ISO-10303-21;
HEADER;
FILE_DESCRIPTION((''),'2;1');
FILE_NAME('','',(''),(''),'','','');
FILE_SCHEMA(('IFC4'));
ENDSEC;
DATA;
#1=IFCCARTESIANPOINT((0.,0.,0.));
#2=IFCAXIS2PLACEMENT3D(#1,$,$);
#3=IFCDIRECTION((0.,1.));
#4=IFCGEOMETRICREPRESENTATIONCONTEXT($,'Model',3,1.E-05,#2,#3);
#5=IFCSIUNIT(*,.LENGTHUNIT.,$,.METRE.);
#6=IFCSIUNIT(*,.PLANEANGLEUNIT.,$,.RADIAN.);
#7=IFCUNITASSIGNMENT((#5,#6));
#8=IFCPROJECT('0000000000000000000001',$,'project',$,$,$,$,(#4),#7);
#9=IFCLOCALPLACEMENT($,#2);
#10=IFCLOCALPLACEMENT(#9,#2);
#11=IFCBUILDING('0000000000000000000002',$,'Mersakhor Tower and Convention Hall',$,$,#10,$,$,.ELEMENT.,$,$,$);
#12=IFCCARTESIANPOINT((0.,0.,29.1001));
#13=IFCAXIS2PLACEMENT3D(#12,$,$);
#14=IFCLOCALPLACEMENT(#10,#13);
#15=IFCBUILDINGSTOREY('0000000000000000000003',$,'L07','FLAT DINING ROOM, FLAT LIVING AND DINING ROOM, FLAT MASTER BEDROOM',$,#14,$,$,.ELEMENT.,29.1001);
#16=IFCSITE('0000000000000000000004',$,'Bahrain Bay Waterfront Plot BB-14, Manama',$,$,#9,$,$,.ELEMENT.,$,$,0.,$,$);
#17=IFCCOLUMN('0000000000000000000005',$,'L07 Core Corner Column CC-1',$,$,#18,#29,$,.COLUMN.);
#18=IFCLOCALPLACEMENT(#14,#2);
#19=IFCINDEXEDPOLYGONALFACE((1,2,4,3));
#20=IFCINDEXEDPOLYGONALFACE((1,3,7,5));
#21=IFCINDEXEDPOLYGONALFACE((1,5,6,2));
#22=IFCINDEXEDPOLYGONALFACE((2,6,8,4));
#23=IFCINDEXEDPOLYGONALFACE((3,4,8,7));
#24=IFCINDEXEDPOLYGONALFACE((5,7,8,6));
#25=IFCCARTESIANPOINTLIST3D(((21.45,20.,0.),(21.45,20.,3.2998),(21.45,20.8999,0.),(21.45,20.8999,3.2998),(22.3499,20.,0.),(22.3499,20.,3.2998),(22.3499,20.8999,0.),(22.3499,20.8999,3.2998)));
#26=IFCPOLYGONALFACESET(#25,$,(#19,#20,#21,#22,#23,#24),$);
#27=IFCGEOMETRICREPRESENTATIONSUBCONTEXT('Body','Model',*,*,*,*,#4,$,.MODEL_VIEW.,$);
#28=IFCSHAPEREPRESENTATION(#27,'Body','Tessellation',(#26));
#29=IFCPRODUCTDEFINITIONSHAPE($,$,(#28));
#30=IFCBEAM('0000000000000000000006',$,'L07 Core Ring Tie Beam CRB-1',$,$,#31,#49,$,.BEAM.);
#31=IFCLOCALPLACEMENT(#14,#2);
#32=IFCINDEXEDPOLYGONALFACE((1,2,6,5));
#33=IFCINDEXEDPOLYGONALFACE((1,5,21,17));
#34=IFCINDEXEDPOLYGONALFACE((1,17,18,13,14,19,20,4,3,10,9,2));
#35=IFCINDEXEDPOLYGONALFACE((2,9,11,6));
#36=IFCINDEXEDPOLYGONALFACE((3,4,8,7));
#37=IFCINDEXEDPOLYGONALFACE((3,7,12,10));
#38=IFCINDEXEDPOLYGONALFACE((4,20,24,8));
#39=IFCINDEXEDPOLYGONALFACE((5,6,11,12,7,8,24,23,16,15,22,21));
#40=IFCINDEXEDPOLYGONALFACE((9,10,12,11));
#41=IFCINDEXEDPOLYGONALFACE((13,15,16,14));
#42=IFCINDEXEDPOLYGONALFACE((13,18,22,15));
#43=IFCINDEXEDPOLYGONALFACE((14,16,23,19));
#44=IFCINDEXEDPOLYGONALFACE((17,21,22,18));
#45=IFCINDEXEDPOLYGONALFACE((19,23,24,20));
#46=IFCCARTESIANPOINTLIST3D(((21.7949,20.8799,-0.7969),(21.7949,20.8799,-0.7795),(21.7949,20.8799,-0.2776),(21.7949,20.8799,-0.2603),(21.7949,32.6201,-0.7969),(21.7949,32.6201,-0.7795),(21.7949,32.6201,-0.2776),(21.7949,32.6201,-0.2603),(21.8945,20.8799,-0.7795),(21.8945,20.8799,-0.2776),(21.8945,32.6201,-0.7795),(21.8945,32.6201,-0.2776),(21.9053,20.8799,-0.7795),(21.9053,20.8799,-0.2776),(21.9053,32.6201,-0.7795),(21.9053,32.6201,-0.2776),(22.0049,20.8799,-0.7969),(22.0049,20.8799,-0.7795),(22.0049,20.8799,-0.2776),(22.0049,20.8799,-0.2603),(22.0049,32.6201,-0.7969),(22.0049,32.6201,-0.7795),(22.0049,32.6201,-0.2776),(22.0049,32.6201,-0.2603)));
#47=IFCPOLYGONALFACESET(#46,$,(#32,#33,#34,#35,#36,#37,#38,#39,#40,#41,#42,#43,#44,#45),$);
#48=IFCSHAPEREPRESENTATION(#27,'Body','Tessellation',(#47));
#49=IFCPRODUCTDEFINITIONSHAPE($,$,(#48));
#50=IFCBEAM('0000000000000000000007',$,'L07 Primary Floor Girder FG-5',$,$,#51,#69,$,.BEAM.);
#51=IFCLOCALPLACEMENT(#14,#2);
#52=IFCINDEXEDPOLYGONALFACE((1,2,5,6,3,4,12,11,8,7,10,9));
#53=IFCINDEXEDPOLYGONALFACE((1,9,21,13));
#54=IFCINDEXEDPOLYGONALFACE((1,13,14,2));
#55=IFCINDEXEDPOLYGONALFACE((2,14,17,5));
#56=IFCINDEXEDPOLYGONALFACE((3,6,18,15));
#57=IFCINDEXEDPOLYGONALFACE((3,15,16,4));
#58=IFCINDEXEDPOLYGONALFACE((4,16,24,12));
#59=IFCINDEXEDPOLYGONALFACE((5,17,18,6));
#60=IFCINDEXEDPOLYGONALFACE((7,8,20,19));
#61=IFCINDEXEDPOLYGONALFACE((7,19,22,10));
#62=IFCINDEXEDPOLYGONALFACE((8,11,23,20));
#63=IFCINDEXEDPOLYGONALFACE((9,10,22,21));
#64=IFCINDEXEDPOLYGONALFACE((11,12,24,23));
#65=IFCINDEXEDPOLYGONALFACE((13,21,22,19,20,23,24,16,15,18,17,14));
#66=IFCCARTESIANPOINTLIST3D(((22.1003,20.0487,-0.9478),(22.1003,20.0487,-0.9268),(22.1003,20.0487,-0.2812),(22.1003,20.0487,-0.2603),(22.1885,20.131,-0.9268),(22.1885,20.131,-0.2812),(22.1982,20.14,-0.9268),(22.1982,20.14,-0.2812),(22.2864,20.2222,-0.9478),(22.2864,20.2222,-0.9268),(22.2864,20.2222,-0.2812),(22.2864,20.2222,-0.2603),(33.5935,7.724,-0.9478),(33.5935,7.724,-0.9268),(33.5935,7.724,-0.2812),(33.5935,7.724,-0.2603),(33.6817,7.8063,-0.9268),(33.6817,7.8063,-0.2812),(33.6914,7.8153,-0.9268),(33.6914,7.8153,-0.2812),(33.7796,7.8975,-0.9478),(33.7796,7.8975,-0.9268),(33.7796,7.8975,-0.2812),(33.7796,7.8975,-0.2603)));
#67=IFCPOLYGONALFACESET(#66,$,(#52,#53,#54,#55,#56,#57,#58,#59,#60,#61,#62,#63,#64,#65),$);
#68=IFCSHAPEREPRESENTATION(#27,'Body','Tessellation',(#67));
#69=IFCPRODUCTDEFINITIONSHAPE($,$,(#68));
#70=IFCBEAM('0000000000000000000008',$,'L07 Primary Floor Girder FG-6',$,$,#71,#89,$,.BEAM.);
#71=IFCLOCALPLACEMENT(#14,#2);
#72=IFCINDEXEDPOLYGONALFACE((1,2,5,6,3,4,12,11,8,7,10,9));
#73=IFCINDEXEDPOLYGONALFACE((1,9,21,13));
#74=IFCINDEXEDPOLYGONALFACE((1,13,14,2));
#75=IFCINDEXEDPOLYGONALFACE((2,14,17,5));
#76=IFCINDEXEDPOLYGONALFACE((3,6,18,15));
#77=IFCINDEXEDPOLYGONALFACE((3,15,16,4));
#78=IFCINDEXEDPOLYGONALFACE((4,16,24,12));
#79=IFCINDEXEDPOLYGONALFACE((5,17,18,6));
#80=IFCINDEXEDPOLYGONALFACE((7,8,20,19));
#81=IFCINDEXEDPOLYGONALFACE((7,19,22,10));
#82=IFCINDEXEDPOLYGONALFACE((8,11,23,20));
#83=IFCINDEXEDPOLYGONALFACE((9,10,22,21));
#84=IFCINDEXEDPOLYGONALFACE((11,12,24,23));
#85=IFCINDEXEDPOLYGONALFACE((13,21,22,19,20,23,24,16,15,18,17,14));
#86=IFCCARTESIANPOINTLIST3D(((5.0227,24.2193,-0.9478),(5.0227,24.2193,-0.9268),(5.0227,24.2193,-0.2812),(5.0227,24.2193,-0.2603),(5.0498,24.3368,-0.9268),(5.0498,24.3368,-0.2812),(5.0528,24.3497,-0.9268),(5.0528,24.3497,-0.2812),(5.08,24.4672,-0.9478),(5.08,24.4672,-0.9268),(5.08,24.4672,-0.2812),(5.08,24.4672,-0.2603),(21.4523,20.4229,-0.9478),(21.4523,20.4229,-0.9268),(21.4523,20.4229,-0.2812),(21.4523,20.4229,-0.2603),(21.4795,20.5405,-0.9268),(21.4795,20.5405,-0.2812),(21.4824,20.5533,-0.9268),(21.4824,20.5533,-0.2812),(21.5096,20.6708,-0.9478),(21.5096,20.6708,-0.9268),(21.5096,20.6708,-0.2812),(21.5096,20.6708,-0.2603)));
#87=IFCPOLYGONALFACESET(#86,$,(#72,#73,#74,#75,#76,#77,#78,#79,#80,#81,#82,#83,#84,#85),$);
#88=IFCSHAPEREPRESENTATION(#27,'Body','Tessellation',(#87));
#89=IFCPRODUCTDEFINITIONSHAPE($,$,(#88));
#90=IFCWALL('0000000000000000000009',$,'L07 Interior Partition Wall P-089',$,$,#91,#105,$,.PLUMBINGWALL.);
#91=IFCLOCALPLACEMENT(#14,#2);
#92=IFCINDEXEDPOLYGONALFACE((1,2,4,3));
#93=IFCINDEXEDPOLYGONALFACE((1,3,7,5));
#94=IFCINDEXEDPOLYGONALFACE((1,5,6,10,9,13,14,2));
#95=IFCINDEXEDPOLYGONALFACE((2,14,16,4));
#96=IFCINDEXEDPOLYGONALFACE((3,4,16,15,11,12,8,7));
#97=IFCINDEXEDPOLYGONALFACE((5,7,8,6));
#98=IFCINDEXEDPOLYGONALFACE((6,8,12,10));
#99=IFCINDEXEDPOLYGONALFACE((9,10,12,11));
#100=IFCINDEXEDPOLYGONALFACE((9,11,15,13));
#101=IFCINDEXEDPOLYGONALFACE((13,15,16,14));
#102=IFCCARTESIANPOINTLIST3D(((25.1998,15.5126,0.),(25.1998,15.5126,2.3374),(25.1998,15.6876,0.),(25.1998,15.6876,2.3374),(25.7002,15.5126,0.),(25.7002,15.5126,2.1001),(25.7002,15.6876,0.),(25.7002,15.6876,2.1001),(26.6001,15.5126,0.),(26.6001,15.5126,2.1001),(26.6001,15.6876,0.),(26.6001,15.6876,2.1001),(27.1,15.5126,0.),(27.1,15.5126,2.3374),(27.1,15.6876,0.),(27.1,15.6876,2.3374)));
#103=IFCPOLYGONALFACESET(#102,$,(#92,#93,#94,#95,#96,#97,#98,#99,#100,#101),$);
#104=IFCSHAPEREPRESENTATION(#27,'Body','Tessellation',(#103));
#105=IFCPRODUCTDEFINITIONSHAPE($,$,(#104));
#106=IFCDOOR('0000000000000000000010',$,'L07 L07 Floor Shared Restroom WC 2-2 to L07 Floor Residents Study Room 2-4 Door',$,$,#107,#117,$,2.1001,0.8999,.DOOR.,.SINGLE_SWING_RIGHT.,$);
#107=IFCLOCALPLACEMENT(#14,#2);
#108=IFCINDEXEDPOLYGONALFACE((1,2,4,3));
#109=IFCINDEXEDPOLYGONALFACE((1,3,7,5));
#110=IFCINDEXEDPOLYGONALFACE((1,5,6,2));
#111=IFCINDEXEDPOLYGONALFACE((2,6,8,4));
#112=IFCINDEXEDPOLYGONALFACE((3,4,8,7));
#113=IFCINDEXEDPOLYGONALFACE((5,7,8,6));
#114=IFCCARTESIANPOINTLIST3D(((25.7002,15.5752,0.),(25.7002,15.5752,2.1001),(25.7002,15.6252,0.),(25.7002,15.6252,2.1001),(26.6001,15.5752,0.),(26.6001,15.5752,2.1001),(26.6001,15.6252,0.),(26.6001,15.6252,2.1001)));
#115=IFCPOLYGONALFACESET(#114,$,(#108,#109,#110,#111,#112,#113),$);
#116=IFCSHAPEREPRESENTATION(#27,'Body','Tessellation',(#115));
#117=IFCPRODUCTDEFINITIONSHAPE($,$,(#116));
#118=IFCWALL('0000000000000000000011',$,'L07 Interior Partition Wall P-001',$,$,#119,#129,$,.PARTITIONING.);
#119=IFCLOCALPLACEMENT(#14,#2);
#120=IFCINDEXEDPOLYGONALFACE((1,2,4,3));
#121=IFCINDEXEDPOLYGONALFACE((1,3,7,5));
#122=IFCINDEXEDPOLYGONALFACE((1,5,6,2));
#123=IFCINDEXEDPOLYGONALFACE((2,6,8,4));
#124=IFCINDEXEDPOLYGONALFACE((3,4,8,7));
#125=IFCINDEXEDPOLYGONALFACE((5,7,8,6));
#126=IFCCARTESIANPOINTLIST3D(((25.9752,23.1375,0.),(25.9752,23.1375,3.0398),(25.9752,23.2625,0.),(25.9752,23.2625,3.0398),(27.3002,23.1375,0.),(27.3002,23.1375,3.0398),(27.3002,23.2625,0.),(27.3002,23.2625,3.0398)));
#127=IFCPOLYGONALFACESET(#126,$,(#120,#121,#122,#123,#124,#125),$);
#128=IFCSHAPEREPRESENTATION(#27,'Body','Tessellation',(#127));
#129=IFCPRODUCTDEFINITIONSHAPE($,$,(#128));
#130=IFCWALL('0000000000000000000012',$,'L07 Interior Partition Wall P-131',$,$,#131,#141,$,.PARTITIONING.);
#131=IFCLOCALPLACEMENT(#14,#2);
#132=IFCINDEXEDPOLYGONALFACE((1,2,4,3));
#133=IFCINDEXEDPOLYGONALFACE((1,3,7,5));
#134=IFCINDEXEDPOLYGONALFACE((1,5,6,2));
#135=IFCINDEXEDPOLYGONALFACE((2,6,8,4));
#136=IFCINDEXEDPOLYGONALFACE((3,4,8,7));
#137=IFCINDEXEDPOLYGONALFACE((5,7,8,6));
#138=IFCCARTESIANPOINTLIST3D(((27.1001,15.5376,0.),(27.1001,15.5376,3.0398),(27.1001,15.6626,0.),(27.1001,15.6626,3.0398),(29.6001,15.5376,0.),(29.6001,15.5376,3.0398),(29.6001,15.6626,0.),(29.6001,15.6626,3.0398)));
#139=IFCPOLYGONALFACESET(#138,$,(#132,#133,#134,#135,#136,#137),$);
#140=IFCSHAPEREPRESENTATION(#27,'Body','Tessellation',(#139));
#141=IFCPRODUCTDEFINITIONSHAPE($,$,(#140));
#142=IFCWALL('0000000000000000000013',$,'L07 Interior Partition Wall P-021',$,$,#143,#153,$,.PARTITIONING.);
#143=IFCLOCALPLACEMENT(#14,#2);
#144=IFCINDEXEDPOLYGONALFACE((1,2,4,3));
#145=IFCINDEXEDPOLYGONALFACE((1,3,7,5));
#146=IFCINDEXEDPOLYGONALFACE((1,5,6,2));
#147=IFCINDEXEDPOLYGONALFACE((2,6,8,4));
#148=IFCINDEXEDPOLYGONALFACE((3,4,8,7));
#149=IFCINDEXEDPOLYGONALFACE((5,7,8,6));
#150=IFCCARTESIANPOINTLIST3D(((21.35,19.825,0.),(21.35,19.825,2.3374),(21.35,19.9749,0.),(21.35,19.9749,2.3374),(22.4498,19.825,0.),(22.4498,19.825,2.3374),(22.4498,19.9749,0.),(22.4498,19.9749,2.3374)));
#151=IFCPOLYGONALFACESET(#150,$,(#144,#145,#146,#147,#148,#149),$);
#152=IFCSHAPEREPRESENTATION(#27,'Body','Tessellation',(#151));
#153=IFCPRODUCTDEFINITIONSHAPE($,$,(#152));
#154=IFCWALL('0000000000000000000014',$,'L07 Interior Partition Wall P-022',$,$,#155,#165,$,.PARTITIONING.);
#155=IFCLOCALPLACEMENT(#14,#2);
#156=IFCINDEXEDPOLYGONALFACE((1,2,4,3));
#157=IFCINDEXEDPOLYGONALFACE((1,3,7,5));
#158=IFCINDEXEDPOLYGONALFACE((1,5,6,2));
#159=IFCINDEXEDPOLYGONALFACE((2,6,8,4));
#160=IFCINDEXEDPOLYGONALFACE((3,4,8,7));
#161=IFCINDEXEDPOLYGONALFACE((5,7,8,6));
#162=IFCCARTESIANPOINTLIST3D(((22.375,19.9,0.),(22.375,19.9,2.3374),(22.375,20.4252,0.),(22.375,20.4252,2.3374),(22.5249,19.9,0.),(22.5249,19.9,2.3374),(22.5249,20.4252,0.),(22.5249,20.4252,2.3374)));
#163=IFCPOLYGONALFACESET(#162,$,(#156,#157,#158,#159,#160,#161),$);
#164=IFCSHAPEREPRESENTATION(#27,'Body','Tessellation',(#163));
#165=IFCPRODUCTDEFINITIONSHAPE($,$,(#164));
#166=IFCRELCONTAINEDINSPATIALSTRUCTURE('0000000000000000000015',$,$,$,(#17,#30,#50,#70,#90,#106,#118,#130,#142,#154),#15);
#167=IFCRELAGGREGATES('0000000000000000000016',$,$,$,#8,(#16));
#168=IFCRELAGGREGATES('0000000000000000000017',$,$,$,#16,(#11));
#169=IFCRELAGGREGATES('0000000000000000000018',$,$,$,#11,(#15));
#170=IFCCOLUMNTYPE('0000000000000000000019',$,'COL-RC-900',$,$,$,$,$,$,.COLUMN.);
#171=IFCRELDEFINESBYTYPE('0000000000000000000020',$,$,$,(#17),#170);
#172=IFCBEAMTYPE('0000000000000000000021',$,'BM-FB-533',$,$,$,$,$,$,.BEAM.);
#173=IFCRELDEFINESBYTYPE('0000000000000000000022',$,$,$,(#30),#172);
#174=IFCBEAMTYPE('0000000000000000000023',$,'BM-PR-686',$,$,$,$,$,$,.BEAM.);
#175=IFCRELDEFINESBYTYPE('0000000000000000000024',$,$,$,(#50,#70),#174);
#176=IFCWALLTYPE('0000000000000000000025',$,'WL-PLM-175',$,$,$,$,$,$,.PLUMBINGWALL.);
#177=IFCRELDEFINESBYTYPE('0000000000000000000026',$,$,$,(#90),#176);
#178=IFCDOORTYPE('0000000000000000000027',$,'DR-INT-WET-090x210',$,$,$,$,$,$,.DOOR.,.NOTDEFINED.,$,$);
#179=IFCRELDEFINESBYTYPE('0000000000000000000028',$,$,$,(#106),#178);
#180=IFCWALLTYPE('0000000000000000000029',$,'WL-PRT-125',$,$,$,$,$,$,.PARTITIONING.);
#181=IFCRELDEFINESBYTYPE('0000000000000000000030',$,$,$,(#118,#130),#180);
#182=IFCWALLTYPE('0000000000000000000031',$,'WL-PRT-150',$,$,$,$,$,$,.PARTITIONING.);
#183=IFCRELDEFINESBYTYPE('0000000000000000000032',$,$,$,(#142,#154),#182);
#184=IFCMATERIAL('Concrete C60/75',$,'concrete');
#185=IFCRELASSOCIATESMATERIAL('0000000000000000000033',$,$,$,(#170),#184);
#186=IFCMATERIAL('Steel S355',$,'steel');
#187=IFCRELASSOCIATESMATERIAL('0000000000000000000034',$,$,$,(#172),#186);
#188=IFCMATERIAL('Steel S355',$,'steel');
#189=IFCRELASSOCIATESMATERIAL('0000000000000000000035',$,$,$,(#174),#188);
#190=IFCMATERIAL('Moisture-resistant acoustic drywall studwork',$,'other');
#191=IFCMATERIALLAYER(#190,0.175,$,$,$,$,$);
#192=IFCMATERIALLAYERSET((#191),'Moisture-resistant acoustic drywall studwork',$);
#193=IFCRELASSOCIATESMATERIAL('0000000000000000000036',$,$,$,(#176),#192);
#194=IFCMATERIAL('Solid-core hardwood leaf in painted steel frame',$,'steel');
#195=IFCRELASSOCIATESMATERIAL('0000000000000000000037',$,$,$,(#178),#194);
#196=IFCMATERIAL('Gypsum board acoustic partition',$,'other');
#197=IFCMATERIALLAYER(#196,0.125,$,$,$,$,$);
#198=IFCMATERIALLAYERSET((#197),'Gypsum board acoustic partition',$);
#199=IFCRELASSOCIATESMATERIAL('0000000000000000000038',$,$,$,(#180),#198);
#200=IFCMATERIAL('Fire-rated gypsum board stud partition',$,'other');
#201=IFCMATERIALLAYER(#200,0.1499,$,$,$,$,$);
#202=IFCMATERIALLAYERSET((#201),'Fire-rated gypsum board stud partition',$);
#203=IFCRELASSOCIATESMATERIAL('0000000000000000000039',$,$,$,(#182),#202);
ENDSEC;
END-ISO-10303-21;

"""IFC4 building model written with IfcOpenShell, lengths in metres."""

from ifc_helpers import new_model, si_unit, direction, frame, frame_2d, origin, origin_2d, place, context, subcontext, project, spatial, rectangle, i_section, extrude, material, layer, layer_set, material_profile, profile_set, type_object, element, fill, save


model = new_model("IFC4")

# Units and contexts
model_context = context("Model", 3, precision=1e-05, world=origin(), true_north=direction((0.0, 1.0)))
body_context = subcontext(model_context, "Body", "Model", "MODEL_VIEW")
ifc_project = project(units=[si_unit("LENGTHUNIT", "METRE"), si_unit("PLANEANGLEUNIT", "RADIAN")], contexts=[model_context])

# Site, building, storey
site_placement = place(None, origin())
site = spatial("IfcSite", under=ifc_project, at=site_placement, Name="Bahrain Bay Waterfront Plot BB-14, Manama", CompositionType="ELEMENT", RefElevation=0.0)
building_placement = place(site_placement, origin())
building = spatial("IfcBuilding", under=site, at=building_placement, Name="Mersakhor Tower and Convention Hall", CompositionType="ELEMENT")
storey_placement = place(building_placement, frame((0.0, 0.0, 29.1001)))
storey = spatial("IfcBuildingStorey", under=building, at=storey_placement, Name="L07", Description="FLAT DINING ROOM, FLAT LIVING AND DINING ROOM, FLAT MASTER BEDROOM", CompositionType="ELEMENT", Elevation=29.1001)

# Column
ifc_material_1 = material(Name="Concrete C60/75", Category="concrete")
ifc_material_profile_1 = material_profile(ifc_material_1, rectangle(XDim=0.8999, YDim=0.8999, at=origin_2d()), Name="RC 900x900")
ifc_profile_set_1 = profile_set([ifc_material_profile_1], Name="Concrete C60/75")
column_type = type_object("IfcColumnType", Name="COL-RC-900", PredefinedType="COLUMN", material=ifc_profile_set_1)
column_placement = place(storey_placement, frame((21.8999, 20.45, 0.0), z_axis=(0.0, 0.0, 1.0), x_axis=(1.0, 0.0, 0.0)))
element("IfcColumn", 1, at=column_placement, inside=storey, type_object=column_type, Name="L07 Core Corner Column CC-1", PredefinedType="COLUMN", context=body_context, shape_type="SweptSolid", body=[
    extrude(rectangle(XDim=0.8999, YDim=0.8999, at=origin_2d()), origin(), (0.0, 0.0, 1.0), 3.2998),
])

# Beams
ifc_material_2 = material(Name="Steel S355", Category="steel")
ifc_material_profile_2 = material_profile(ifc_material_2, i_section(OverallWidth=0.21, OverallDepth=0.5366, WebThickness=0.0107, FlangeThickness=0.0173, at=origin_2d()), Name="UB 533x210x101")
ifc_profile_set_2 = profile_set([ifc_material_profile_2], Name="Steel S355")
beam_type_1 = type_object("IfcBeamType", Name="BM-FB-533", PredefinedType="BEAM", material=ifc_profile_set_2)
beam_1_placement = place(storey_placement, frame((21.8999, 20.8799, -0.5286), z_axis=(0.0, 1.0, 0.0), x_axis=(-1.0, 0.0, 0.0)))
element("IfcBeam", 2, at=beam_1_placement, inside=storey, type_object=beam_type_1, Name="L07 Core Ring Tie Beam CRB-1", PredefinedType="BEAM", context=body_context, shape_type="SweptSolid", body=[
    extrude(i_section(OverallWidth=0.21, OverallDepth=0.5366, WebThickness=0.0107, FlangeThickness=0.0173, at=origin_2d()), origin(), (0.0, 0.0, 1.0), 11.7402),
])
ifc_material_3 = material(Name="Steel S355", Category="steel")
ifc_material_profile_3 = material_profile(ifc_material_3, i_section(OverallWidth=0.2544, OverallDepth=0.6875, WebThickness=0.0132, FlangeThickness=0.021, at=origin_2d()), Name="UB 686x254x152")
ifc_profile_set_3 = profile_set([ifc_material_profile_3], Name="Steel S355")
beam_type_2 = type_object("IfcBeamType", Name="BM-PR-686", PredefinedType="BEAM", material=ifc_profile_set_3)
beam_2_placement = place(storey_placement, frame((22.1934, 20.1355, -0.604), z_axis=(0.682004, -0.731348, 0.0), x_axis=(0.731348, 0.682004, 0.0)))
element("IfcBeam", 3, at=beam_2_placement, inside=storey, type_object=beam_type_2, Name="L07 Primary Floor Girder FG-5", PredefinedType="BEAM", context=body_context, shape_type="SweptSolid", body=[
    extrude(i_section(OverallWidth=0.2544, OverallDepth=0.6875, WebThickness=0.0132, FlangeThickness=0.021, at=origin_2d()), origin(), (0.0, 0.0, 1.0), 16.8521),
])
beam_3_placement = place(storey_placement, frame((21.481, 20.5469, -0.604), z_axis=(-0.974327, 0.225137, 0.0), x_axis=(-0.225137, -0.974327, 0.0)))
element("IfcBeam", 4, at=beam_3_placement, inside=storey, type_object=beam_type_2, Name="L07 Primary Floor Girder FG-6", PredefinedType="BEAM", context=body_context, shape_type="SweptSolid", body=[
    extrude(i_section(OverallWidth=0.2544, OverallDepth=0.6875, WebThickness=0.0132, FlangeThickness=0.021, at=origin_2d()), origin(), (0.0, 0.0, 1.0), 16.8625),
])

# Wall, opening, door
ifc_material_4 = material(Name="Moisture-resistant acoustic drywall studwork", Category="other")
ifc_layer_1 = layer(ifc_material_4, 0.175)
ifc_layer_set_1 = layer_set([ifc_layer_1], Name="Moisture-resistant acoustic drywall studwork")
wall_type_1 = type_object("IfcWallType", Name="WL-PLM-175", PredefinedType="PLUMBINGWALL", material=ifc_layer_set_1)
wall_1_placement = place(storey_placement, frame((27.1001, 15.6001, 0.0), z_axis=(0.0, 0.0, 1.0), x_axis=(-1.0, 0.0, 0.0)))
wall_1 = element("IfcWall", 5, at=wall_1_placement, inside=storey, type_object=wall_type_1, Name="L07 Interior Partition Wall P-089", PredefinedType="PLUMBINGWALL", context=body_context, shape_type="SweptSolid", body=[
    extrude(rectangle(XDim=1.9001, YDim=0.175, at=frame_2d((0.9502, 0.0))), origin(), (0.0, 0.0, 1.0), 2.3374),
])
opening_1_placement = place(wall_1_placement, frame((0.5, 0.0, 0.0)))
opening_1 = element("IfcOpeningElement", 6, at=opening_1_placement, cuts=wall_1, PredefinedType="OPENING", context=body_context, shape_type="SweptSolid", body=[
    extrude(rectangle(XDim=0.8999, YDim=2.1001, at=frame_2d((0.45, 1.05))), frame((0.0, 0.0974, 0.0), z_axis=(0.0, -1.0, 0.0), x_axis=(1.0, 0.0, 0.0)), (0.0, 0.0, 1.0), 0.1951),
])
ifc_material_5 = material(Name="Solid-core hardwood leaf in painted steel frame", Category="steel")
door_type_1 = type_object("IfcDoorType", Name="DR-INT-WET-090x210", OperationType="NOTDEFINED", PredefinedType="DOOR", material=ifc_material_5)
door_1_placement = place(opening_1_placement, origin())
door_1 = element("IfcDoor", 7, at=door_1_placement, inside=storey, type_object=door_type_1, Name="L07 L07 Floor Shared Restroom WC 2-2 to L07 Floor Residents Study Room 2-4 Door", OperationType="SINGLE_SWING_RIGHT", OverallHeight=2.1001, OverallWidth=0.8999, PredefinedType="DOOR", context=body_context, shape_type="SweptSolid", body=[
    extrude(rectangle(XDim=0.8999, YDim=2.1001, at=frame_2d((0.45, 1.05))), frame((0.0, 0.0249, 0.0), z_axis=(0.0, -1.0, 0.0), x_axis=(1.0, 0.0, 0.0)), (0.0, 0.0, 1.0), 0.05),
])
fill(opening_1, door_1)

# Walls
ifc_material_6 = material(Name="Gypsum board acoustic partition", Category="other")
ifc_layer_2 = layer(ifc_material_6, 0.125)
ifc_layer_set_2 = layer_set([ifc_layer_2], Name="Gypsum board acoustic partition")
wall_type_2 = type_object("IfcWallType", Name="WL-PRT-125", PredefinedType="PARTITIONING", material=ifc_layer_set_2)
wall_2_placement = place(storey_placement, frame((25.9751, 23.2, 0.0), z_axis=(0.0, 0.0, 1.0), x_axis=(1.0, 0.0, 0.0)))
element("IfcWall", 8, at=wall_2_placement, inside=storey, type_object=wall_type_2, Name="L07 Interior Partition Wall P-001", PredefinedType="PARTITIONING", context=body_context, shape_type="SweptSolid", body=[
    extrude(rectangle(XDim=1.325, YDim=0.125, at=frame_2d((0.6626, 0.0))), origin(), (0.0, 0.0, 1.0), 3.0398),
])
wall_3_placement = place(storey_placement, frame((27.1001, 15.6001, 0.0), z_axis=(0.0, 0.0, 1.0), x_axis=(1.0, 0.0, 0.0)))
element("IfcWall", 9, at=wall_3_placement, inside=storey, type_object=wall_type_2, Name="L07 Interior Partition Wall P-131", PredefinedType="PARTITIONING", context=body_context, shape_type="SweptSolid", body=[
    extrude(rectangle(XDim=2.5, YDim=0.125, at=frame_2d((1.25, 0.0))), origin(), (0.0, 0.0, 1.0), 3.0398),
])
ifc_material_7 = material(Name="Fire-rated gypsum board stud partition", Category="other")
ifc_layer_3 = layer(ifc_material_7, 0.1499)
ifc_layer_set_3 = layer_set([ifc_layer_3], Name="Fire-rated gypsum board stud partition")
wall_type_3 = type_object("IfcWallType", Name="WL-PRT-150", PredefinedType="PARTITIONING", material=ifc_layer_set_3)
wall_4_placement = place(storey_placement, frame((21.3501, 19.8999, 0.0), z_axis=(0.0, 0.0, 1.0), x_axis=(1.0, 0.0, 0.0)))
element("IfcWall", 10, at=wall_4_placement, inside=storey, type_object=wall_type_3, Name="L07 Interior Partition Wall P-021", PredefinedType="PARTITIONING", context=body_context, shape_type="SweptSolid", body=[
    extrude(rectangle(XDim=1.0999, YDim=0.1499, at=frame_2d((0.5498, 0.0))), origin(), (0.0, 0.0, 1.0), 2.3374),
])
wall_5_placement = place(storey_placement, frame((22.45, 19.8999, 0.0), z_axis=(0.0, 0.0, 1.0), x_axis=(0.0, 1.0, 0.0)))
element("IfcWall", 11, at=wall_5_placement, inside=storey, type_object=wall_type_3, Name="L07 Interior Partition Wall P-022", PredefinedType="PARTITIONING", context=body_context, shape_type="SweptSolid", body=[
    extrude(rectangle(XDim=0.5251, YDim=0.1499, at=frame_2d((0.2627, 0.0))), origin(), (0.0, 0.0, 1.0), 2.3374),
])

save(model, "model.ifc")
